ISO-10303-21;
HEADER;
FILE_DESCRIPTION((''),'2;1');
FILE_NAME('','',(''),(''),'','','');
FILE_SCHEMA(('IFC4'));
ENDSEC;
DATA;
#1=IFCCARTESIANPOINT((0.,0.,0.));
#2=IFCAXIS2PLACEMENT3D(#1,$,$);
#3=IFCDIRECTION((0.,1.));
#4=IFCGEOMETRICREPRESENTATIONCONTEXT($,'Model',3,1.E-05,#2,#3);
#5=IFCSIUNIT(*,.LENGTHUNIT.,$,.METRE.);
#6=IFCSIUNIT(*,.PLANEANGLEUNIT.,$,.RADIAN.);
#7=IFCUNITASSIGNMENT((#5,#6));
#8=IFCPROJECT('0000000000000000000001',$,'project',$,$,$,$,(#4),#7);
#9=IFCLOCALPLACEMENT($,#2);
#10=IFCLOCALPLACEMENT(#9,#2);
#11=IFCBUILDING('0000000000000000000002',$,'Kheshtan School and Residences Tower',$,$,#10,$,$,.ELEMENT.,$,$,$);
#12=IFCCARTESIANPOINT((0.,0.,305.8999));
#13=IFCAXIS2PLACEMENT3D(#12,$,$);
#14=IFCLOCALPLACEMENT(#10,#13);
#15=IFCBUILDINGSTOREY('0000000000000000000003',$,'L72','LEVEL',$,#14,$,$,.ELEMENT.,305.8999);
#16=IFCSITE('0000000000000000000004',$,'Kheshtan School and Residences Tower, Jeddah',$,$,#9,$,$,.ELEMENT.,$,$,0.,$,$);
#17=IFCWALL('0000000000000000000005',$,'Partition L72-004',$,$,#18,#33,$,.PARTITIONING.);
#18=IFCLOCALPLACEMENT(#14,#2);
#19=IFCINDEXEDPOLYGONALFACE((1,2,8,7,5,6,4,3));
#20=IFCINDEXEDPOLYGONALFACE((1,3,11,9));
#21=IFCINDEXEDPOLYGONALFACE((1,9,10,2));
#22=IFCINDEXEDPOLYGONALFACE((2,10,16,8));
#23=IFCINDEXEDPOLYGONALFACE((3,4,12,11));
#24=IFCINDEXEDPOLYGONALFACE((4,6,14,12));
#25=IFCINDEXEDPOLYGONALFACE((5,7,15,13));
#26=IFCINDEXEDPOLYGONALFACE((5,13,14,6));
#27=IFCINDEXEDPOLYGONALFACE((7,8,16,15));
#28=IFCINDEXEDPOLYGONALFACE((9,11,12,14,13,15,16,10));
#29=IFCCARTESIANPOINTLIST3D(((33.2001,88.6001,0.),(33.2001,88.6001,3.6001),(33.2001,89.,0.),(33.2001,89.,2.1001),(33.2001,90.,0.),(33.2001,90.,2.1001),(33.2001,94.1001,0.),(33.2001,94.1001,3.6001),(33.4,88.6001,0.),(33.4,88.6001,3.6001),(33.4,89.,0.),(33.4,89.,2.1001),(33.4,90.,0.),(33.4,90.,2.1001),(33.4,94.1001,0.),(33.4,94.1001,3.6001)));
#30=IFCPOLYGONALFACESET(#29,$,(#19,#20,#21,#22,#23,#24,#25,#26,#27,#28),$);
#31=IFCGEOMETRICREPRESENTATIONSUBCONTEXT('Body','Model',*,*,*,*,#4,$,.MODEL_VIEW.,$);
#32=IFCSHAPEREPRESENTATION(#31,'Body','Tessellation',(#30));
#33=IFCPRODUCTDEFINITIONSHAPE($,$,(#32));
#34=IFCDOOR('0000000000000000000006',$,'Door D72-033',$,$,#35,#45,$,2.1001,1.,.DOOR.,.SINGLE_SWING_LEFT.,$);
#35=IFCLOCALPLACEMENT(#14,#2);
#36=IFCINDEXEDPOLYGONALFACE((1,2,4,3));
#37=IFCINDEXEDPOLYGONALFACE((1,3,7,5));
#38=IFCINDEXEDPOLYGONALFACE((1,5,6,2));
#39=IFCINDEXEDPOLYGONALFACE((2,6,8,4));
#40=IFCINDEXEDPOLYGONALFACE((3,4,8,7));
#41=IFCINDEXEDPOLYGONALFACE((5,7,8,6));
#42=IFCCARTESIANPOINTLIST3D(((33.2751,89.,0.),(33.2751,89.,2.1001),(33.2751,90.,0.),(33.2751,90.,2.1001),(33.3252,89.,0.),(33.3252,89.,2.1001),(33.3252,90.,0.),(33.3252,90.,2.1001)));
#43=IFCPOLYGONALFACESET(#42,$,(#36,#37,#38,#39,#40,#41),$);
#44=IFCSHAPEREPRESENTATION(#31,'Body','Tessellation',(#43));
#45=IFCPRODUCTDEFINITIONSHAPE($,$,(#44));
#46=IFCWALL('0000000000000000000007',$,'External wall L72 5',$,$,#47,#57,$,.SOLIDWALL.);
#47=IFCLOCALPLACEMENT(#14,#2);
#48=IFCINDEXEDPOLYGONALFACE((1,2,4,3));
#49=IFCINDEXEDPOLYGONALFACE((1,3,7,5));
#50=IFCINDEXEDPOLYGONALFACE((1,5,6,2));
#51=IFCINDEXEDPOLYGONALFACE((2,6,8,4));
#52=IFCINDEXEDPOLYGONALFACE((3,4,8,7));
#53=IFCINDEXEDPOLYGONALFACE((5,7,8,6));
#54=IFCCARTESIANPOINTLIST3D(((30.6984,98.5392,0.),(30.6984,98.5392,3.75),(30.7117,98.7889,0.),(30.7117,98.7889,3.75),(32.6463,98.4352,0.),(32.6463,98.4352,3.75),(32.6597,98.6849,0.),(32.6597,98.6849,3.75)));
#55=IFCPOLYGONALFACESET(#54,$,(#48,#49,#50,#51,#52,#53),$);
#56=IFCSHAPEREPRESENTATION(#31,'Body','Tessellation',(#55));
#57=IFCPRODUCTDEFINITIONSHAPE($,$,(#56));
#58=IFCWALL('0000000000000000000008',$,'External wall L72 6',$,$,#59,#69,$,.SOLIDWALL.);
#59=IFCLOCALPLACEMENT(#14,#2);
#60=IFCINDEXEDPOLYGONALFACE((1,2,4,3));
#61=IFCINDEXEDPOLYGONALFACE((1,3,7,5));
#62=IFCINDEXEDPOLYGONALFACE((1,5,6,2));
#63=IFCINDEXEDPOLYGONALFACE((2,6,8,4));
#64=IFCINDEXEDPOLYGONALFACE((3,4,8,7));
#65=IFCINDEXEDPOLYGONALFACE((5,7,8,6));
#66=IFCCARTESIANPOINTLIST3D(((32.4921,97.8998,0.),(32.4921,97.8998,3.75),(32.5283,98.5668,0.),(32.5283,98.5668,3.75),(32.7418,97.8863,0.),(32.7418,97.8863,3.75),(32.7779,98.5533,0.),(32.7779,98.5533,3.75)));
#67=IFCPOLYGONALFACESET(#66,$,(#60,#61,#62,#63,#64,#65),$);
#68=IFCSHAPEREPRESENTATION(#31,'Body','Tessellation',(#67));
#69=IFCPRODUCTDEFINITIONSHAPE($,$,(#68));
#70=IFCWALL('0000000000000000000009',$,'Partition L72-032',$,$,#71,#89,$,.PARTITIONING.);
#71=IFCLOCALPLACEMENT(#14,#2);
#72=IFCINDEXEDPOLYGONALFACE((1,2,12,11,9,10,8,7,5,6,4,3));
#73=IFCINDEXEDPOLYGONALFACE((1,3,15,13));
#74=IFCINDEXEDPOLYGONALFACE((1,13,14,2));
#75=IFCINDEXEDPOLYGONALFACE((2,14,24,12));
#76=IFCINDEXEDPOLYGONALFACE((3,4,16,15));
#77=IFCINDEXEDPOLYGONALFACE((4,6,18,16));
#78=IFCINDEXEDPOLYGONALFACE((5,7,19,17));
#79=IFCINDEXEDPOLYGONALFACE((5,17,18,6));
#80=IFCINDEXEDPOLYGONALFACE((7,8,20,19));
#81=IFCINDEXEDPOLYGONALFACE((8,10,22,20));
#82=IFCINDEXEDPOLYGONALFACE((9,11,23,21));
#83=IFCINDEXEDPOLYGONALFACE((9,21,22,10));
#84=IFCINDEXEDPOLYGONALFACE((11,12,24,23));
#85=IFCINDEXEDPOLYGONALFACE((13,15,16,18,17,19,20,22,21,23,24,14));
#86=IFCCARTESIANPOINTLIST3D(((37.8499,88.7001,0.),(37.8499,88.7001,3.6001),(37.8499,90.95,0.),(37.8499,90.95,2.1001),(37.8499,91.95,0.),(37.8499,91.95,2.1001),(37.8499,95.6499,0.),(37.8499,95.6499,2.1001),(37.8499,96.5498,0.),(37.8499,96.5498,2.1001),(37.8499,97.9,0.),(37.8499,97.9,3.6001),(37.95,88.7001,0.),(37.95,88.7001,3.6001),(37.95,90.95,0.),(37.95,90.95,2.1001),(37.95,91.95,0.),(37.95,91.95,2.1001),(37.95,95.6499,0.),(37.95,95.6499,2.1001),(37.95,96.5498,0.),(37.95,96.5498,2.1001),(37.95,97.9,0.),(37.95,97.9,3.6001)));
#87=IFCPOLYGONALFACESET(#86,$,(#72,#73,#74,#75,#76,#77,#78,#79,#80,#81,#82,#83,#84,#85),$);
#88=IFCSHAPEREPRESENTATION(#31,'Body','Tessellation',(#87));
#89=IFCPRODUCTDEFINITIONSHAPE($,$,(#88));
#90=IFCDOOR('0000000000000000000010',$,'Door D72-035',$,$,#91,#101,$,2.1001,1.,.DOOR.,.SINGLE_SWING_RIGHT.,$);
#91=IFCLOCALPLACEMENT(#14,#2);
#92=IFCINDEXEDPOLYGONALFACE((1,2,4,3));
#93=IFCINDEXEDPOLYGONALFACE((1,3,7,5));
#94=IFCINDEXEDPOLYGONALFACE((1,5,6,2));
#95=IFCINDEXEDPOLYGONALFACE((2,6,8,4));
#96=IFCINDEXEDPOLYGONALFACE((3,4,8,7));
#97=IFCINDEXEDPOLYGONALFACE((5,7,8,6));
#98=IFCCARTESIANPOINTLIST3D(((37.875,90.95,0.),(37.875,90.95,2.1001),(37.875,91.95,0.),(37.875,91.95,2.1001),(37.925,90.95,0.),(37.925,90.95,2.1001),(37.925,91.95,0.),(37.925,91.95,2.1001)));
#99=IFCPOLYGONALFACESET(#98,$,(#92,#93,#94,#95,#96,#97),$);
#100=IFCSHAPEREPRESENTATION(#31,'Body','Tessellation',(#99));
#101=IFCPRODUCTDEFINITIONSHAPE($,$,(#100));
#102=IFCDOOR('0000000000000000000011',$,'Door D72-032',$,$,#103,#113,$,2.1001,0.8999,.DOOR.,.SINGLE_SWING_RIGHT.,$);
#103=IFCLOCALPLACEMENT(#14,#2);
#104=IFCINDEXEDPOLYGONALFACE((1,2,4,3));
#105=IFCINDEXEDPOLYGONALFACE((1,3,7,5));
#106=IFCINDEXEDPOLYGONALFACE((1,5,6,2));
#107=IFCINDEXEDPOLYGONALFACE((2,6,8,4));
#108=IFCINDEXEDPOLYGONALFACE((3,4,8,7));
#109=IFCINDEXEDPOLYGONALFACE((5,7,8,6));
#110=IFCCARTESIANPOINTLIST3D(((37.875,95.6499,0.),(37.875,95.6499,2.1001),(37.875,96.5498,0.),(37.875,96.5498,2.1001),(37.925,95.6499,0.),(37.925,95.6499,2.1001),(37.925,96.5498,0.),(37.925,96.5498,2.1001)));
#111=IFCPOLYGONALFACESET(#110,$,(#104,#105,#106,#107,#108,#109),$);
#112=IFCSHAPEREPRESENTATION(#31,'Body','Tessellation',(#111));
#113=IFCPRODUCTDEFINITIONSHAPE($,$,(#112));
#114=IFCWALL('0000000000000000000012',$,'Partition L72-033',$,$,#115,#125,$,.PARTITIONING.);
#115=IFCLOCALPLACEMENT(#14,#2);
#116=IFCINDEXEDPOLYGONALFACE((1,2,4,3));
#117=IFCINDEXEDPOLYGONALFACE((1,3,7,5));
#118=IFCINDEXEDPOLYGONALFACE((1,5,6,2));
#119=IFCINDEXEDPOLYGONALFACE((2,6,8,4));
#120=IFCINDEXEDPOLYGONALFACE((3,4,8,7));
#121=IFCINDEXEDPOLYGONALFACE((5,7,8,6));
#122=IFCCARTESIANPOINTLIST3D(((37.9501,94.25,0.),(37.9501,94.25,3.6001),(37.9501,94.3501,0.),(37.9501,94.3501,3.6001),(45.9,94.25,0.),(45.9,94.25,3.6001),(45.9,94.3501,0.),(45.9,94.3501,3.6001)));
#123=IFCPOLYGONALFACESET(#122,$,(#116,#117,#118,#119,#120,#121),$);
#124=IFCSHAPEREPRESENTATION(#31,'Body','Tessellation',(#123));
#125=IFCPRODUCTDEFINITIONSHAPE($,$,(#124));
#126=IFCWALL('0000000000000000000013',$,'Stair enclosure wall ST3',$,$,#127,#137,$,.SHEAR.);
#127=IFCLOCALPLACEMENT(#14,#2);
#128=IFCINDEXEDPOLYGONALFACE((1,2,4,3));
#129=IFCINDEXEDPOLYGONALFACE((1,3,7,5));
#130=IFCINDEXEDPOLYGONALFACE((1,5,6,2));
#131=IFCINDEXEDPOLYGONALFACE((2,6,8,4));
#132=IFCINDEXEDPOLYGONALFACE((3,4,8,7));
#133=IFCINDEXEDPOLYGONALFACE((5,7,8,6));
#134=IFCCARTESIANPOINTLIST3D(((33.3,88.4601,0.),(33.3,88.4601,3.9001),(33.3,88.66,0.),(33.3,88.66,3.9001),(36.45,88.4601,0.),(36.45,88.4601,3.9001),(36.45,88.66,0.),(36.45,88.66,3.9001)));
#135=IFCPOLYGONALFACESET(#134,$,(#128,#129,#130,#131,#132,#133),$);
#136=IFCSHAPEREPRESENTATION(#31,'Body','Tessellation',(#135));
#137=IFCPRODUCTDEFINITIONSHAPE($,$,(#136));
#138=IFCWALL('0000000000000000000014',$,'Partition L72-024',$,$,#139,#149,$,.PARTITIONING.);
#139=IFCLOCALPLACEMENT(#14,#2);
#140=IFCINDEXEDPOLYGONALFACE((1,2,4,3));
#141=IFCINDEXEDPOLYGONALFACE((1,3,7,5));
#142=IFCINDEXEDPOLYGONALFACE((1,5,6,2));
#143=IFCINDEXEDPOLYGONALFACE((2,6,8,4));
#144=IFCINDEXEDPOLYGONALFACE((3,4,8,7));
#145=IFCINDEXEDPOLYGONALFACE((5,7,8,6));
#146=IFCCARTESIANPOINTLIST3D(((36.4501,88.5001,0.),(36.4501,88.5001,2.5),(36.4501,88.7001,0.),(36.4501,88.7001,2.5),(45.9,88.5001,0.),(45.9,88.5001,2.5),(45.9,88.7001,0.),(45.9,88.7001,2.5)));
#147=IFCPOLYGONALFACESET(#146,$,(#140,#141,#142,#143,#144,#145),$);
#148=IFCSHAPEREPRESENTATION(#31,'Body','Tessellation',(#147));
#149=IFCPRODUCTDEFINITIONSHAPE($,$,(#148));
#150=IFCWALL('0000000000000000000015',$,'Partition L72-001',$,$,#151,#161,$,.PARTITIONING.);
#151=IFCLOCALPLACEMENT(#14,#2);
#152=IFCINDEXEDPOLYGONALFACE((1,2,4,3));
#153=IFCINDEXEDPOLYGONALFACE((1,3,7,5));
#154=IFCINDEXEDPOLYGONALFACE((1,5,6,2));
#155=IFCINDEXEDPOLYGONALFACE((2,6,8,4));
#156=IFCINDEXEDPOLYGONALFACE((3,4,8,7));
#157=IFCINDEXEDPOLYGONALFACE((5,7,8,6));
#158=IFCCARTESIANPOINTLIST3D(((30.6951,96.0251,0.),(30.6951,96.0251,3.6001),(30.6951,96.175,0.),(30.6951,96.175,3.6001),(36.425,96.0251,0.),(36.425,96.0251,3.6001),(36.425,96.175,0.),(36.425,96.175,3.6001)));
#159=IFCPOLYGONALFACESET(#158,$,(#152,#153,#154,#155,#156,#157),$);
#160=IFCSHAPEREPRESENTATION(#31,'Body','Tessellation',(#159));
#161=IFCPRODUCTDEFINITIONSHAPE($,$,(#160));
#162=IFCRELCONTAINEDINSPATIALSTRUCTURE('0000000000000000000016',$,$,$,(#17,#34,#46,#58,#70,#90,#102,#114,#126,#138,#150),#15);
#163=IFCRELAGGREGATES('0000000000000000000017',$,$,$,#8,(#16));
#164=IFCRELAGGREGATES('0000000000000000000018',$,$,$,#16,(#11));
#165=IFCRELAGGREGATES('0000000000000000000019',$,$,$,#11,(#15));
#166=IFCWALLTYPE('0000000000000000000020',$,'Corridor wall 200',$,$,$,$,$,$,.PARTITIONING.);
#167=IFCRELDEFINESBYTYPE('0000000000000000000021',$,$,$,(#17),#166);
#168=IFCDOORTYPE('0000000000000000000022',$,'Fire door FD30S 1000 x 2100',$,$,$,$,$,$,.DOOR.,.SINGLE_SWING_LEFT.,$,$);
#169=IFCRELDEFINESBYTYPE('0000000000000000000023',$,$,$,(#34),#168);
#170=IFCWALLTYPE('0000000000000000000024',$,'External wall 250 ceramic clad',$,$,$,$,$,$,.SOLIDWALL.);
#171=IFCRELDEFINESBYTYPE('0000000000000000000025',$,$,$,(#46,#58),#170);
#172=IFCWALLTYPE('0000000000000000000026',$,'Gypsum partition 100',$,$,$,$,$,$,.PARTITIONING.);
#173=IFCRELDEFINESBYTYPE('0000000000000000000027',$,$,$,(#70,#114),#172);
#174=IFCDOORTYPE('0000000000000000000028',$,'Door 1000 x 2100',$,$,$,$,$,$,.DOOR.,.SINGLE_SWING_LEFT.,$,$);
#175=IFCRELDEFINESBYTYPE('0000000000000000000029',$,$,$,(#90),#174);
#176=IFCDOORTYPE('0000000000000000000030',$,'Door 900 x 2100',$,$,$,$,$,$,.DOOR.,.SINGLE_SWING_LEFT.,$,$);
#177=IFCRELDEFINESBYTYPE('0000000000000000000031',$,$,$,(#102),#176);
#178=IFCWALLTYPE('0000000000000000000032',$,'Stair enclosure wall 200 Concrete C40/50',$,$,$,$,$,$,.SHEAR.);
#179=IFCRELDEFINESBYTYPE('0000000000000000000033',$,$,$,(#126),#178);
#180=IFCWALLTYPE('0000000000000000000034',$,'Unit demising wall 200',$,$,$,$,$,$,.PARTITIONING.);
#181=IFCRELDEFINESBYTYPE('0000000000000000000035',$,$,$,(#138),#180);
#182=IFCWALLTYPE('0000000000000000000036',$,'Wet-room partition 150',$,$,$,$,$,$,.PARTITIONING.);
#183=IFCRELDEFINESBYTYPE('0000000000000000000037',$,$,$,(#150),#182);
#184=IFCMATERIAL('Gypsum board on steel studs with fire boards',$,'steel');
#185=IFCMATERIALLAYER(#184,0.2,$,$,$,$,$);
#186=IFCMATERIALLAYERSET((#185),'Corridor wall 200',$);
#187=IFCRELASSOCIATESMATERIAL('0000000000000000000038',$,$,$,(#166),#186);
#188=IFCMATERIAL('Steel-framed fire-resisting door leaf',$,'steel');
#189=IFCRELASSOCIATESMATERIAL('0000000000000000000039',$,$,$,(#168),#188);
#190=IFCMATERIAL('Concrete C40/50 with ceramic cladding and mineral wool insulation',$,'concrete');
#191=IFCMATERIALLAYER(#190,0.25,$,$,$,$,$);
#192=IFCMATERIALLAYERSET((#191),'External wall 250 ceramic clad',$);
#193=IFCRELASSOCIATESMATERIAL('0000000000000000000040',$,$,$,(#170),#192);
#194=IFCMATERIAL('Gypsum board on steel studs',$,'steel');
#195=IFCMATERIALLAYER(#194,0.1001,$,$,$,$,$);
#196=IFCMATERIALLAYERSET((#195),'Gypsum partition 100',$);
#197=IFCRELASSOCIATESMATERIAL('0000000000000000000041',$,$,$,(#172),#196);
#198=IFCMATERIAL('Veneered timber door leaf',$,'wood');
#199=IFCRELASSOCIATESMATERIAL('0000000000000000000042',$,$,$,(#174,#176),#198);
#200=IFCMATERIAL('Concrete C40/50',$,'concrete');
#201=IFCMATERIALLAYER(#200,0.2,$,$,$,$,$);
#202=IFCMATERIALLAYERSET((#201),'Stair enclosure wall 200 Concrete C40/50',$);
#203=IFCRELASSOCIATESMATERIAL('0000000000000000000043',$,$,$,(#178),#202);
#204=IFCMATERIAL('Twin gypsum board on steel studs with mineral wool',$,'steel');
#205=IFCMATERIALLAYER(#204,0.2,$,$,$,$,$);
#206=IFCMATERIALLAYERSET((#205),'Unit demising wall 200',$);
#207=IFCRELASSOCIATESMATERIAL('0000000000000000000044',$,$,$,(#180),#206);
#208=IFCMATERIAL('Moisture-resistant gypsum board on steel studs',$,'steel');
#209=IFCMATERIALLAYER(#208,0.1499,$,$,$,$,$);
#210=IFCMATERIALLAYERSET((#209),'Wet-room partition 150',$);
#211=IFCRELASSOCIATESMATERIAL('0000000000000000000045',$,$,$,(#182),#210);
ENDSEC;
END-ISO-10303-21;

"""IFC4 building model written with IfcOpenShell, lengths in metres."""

from ifc_helpers import new_model, si_unit, direction, frame, frame_2d, origin, place, context, subcontext, project, spatial, rectangle, extrude, source, transform, mapped, material, layer, layer_set, type_object, element, fill, save


model = new_model("IFC4")

# Units and contexts
model_context = context("Model", 3, precision=1e-05, world=origin(), true_north=direction((0.0, 1.0)))
body_context = subcontext(model_context, "Body", "Model", "MODEL_VIEW")
ifc_project = project(units=[si_unit("LENGTHUNIT", "METRE"), si_unit("PLANEANGLEUNIT", "RADIAN")], contexts=[model_context])

# Site, building, storey
site_placement = place(None, origin())
site = spatial("IfcSite", under=ifc_project, at=site_placement, Name="Kheshtan School and Residences Tower, Jeddah", CompositionType="ELEMENT", RefElevation=0.0)
building_placement = place(site_placement, origin())
building = spatial("IfcBuilding", under=site, at=building_placement, Name="Kheshtan School and Residences Tower", CompositionType="ELEMENT")
storey_placement = place(building_placement, frame((0.0, 0.0, 305.8999)))
storey = spatial("IfcBuildingStorey", under=building, at=storey_placement, Name="L72", Description="LEVEL", CompositionType="ELEMENT", Elevation=305.8999)

# Shared definitions
ifc_material_1 = material(Name="Gypsum board on steel studs with fire boards", Category="steel")
ifc_layer_1 = layer(ifc_material_1, 0.2)
ifc_layer_set_1 = layer_set([ifc_layer_1], Name="Corridor wall 200")
wall_type_1 = type_object("IfcWallType", Name="Corridor wall 200", PredefinedType="PARTITIONING", material=ifc_layer_set_1)

# Wall, opening, door
wall_1_placement = place(storey_placement, frame((33.3, 88.6001, 0.0), z_axis=(0.0, 0.0, 1.0), x_axis=(0.0, 1.0, 0.0)))
wall_1 = element("IfcWall", 1, at=wall_1_placement, inside=storey, type_object=wall_type_1, Name="Partition L72-004", PredefinedType="PARTITIONING", context=body_context, shape_type="SweptSolid", body=[
    extrude(rectangle(XDim=5.5, YDim=0.2, at=frame_2d((2.75, 0.0))), origin(), (0.0, 0.0, 1.0), 3.6001),
])
opening_1_placement = place(wall_1_placement, frame((0.3999, 0.0, 0.0)))
opening_1 = element("IfcOpeningElement", 2, at=opening_1_placement, cuts=wall_1, PredefinedType="OPENING", context=body_context, shape_type="SweptSolid", body=[
    extrude(rectangle(XDim=1.0, YDim=2.1001, at=frame_2d((0.5, 1.05))), frame((0.0, 0.1099, 0.0), z_axis=(0.0, -1.0, 0.0), x_axis=(1.0, 0.0, 0.0)), (0.0, 0.0, 1.0), 0.22),
])
ifc_material_2 = material(Name="Steel-framed fire-resisting door leaf", Category="steel")
door_type_1 = type_object("IfcDoorType", Name="Fire door FD30S 1000 x 2100", OperationType="SINGLE_SWING_LEFT", PredefinedType="DOOR", material=ifc_material_2)
shared_shape_1 = source(origin(), body_context, "Body", "SweptSolid", [
    extrude(rectangle(XDim=1.0, YDim=2.1001, at=frame_2d((0.5, 1.05))), frame((0.0, 0.0249, 0.0), z_axis=(0.0, -1.0, 0.0), x_axis=(1.0, 0.0, 0.0)), (0.0, 0.0, 1.0), 0.05),
])
door_1_placement = place(opening_1_placement, origin())
door_1 = element("IfcDoor", 3, at=door_1_placement, inside=storey, type_object=door_type_1, Name="Door D72-033", OperationType="SINGLE_SWING_LEFT", OverallHeight=2.1001, OverallWidth=1.0, PredefinedType="DOOR", context=body_context, shape_type="MappedRepresentation", body=[
    mapped(shared_shape_1, transform((0.0, 0.0, 0.0), x_axis=(1.0, 0.0, 0.0), y_axis=(0.0, 1.0, 0.0), z_axis=(0.0, 0.0, 1.0), scale=1.0)),
])
fill(opening_1, door_1)

# Walls
ifc_material_3 = material(Name="Concrete C40/50 with ceramic cladding and mineral wool insulation", Category="concrete")
ifc_layer_2 = layer(ifc_material_3, 0.25)
ifc_layer_set_2 = layer_set([ifc_layer_2], Name="External wall 250 ceramic clad")
wall_type_2 = type_object("IfcWallType", Name="External wall 250 ceramic clad", PredefinedType="SOLIDWALL", material=ifc_layer_set_2)
wall_2_placement = place(storey_placement, frame((30.7051, 98.6641, 0.0), z_axis=(0.0, 0.0, 1.0), x_axis=(0.998578, -0.053314, 0.0)))
element("IfcWall", 4, at=wall_2_placement, inside=storey, type_object=wall_type_2, Name="External wall L72 5", PredefinedType="SOLIDWALL", context=body_context, shape_type="SweptSolid", body=[
    extrude(rectangle(XDim=1.9507, YDim=0.25, at=frame_2d((0.9753, 0.0))), origin(), (0.0, 0.0, 1.0), 3.75),
])
wall_3_placement = place(storey_placement, frame((32.6531, 98.5601, 0.0), z_axis=(0.0, 0.0, 1.0), x_axis=(-0.054093, -0.998536, 0.0)))
element("IfcWall", 5, at=wall_3_placement, inside=storey, type_object=wall_type_2, Name="External wall L72 6", PredefinedType="SOLIDWALL", context=body_context, shape_type="SweptSolid", body=[
    extrude(rectangle(XDim=0.668, YDim=0.25, at=frame_2d((0.334, 0.0))), origin(), (0.0, 0.0, 1.0), 3.75),
])

# Wall, openings, doors
ifc_material_4 = material(Name="Gypsum board on steel studs", Category="steel")
ifc_layer_3 = layer(ifc_material_4, 0.1001)
ifc_layer_set_3 = layer_set([ifc_layer_3], Name="Gypsum partition 100")
wall_type_3 = type_object("IfcWallType", Name="Gypsum partition 100", PredefinedType="PARTITIONING", material=ifc_layer_set_3)
wall_4_placement = place(storey_placement, frame((37.8999, 88.7, 0.0), z_axis=(0.0, 0.0, 1.0), x_axis=(0.0, 1.0, 0.0)))
wall_4 = element("IfcWall", 6, at=wall_4_placement, inside=storey, type_object=wall_type_3, Name="Partition L72-032", PredefinedType="PARTITIONING", context=body_context, shape_type="SweptSolid", body=[
    extrude(rectangle(XDim=9.2, YDim=0.1001, at=frame_2d((4.6001, 0.0))), origin(), (0.0, 0.0, 1.0), 3.6001),
])
opening_2_placement = place(wall_4_placement, frame((6.95, 0.0, 0.0)))
opening_2 = element("IfcOpeningElement", 7, at=opening_2_placement, cuts=wall_4, PredefinedType="OPENING", context=body_context, shape_type="SweptSolid", body=[
    extrude(rectangle(XDim=0.8999, YDim=2.1001, at=frame_2d((0.45, 1.05))), frame((0.0, 0.0601, 0.0), z_axis=(0.0, -1.0, 0.0), x_axis=(1.0, 0.0, 0.0)), (0.0, 0.0, 1.0), 0.1201),
])
opening_3_placement = place(wall_4_placement, frame((2.25, 0.0, 0.0)))
opening_3 = element("IfcOpeningElement", 8, at=opening_3_placement, cuts=wall_4, PredefinedType="OPENING", context=body_context, shape_type="SweptSolid", body=[
    extrude(rectangle(XDim=1.0, YDim=2.1001, at=frame_2d((0.5, 1.05))), frame((0.0, 0.0601, 0.0), z_axis=(0.0, -1.0, 0.0), x_axis=(1.0, 0.0, 0.0)), (0.0, 0.0, 1.0), 0.1201),
])
ifc_material_5 = material(Name="Veneered timber door leaf", Category="wood")
door_type_2 = type_object("IfcDoorType", Name="Door 1000 x 2100", OperationType="SINGLE_SWING_LEFT", PredefinedType="DOOR", material=ifc_material_5)
shared_shape_2 = source(origin(), body_context, "Body", "SweptSolid", [
    extrude(rectangle(XDim=1.0, YDim=2.1001, at=frame_2d((0.5, 1.05))), frame((0.0, 0.0249, 0.0), z_axis=(0.0, -1.0, 0.0), x_axis=(1.0, 0.0, 0.0)), (0.0, 0.0, 1.0), 0.05),
])
door_2_placement = place(opening_3_placement, origin())
door_2 = element("IfcDoor", 9, at=door_2_placement, inside=storey, type_object=door_type_2, Name="Door D72-035", OperationType="SINGLE_SWING_RIGHT", OverallHeight=2.1001, OverallWidth=1.0, PredefinedType="DOOR", context=body_context, shape_type="MappedRepresentation", body=[
    mapped(shared_shape_2, transform((0.0, 0.0, 0.0), x_axis=(1.0, 0.0, 0.0), y_axis=(0.0, 1.0, 0.0), z_axis=(0.0, 0.0, 1.0), scale=1.0)),
])
fill(opening_3, door_2)
door_type_3 = type_object("IfcDoorType", Name="Door 900 x 2100", OperationType="SINGLE_SWING_LEFT", PredefinedType="DOOR", material=ifc_material_5)
shared_shape_3 = source(origin(), body_context, "Body", "SweptSolid", [
    extrude(rectangle(XDim=0.8999, YDim=2.1001, at=frame_2d((0.45, 1.05))), frame((0.0, 0.0249, 0.0), z_axis=(0.0, -1.0, 0.0), x_axis=(1.0, 0.0, 0.0)), (0.0, 0.0, 1.0), 0.05),
])
door_3_placement = place(opening_2_placement, origin())
door_3 = element("IfcDoor", 10, at=door_3_placement, inside=storey, type_object=door_type_3, Name="Door D72-032", OperationType="SINGLE_SWING_RIGHT", OverallHeight=2.1001, OverallWidth=0.8999, PredefinedType="DOOR", context=body_context, shape_type="MappedRepresentation", body=[
    mapped(shared_shape_3, transform((0.0, 0.0, 0.0), x_axis=(1.0, 0.0, 0.0), y_axis=(0.0, 1.0, 0.0), z_axis=(0.0, 0.0, 1.0), scale=1.0)),
])
fill(opening_2, door_3)

# Walls
wall_5_placement = place(storey_placement, frame((37.95, 94.3, 0.0), z_axis=(0.0, 0.0, 1.0), x_axis=(1.0, 0.0, 0.0)))
element("IfcWall", 11, at=wall_5_placement, inside=storey, type_object=wall_type_3, Name="Partition L72-033", PredefinedType="PARTITIONING", context=body_context, shape_type="SweptSolid", body=[
    extrude(rectangle(XDim=7.95, YDim=0.1001, at=frame_2d((3.9751, 0.0))), origin(), (0.0, 0.0, 1.0), 3.6001),
])
ifc_material_6 = material(Name="Concrete C40/50", Category="concrete")
ifc_layer_4 = layer(ifc_material_6, 0.2)
ifc_layer_set_4 = layer_set([ifc_layer_4], Name="Stair enclosure wall 200 Concrete C40/50")
wall_type_4 = type_object("IfcWallType", Name="Stair enclosure wall 200 Concrete C40/50", PredefinedType="SHEAR", material=ifc_layer_set_4)
wall_6_placement = place(storey_placement, frame((33.3, 88.5601, 0.0), z_axis=(0.0, 0.0, 1.0), x_axis=(1.0, 0.0, 0.0)))
element("IfcWall", 12, at=wall_6_placement, inside=storey, type_object=wall_type_4, Name="Stair enclosure wall ST3", PredefinedType="SHEAR", context=body_context, shape_type="SweptSolid", body=[
    extrude(rectangle(XDim=3.1499, YDim=0.2, at=frame_2d((1.575, 0.0))), origin(), (0.0, 0.0, 1.0), 3.9001),
])
ifc_material_7 = material(Name="Twin gypsum board on steel studs with mineral wool", Category="steel")
ifc_layer_5 = layer(ifc_material_7, 0.2)
ifc_layer_set_5 = layer_set([ifc_layer_5], Name="Unit demising wall 200")
wall_type_5 = type_object("IfcWallType", Name="Unit demising wall 200", PredefinedType="PARTITIONING", material=ifc_layer_set_5)
wall_7_placement = place(storey_placement, frame((36.45, 88.6001, 0.0), z_axis=(0.0, 0.0, 1.0), x_axis=(1.0, 0.0, 0.0)))
element("IfcWall", 13, at=wall_7_placement, inside=storey, type_object=wall_type_5, Name="Partition L72-024", PredefinedType="PARTITIONING", context=body_context, shape_type="SweptSolid", body=[
    extrude(rectangle(XDim=9.45, YDim=0.2, at=frame_2d((4.7251, 0.0))), origin(), (0.0, 0.0, 1.0), 2.5),
])
ifc_material_8 = material(Name="Moisture-resistant gypsum board on steel studs", Category="steel")
ifc_layer_6 = layer(ifc_material_8, 0.1499)
ifc_layer_set_6 = layer_set([ifc_layer_6], Name="Wet-room partition 150")
wall_type_6 = type_object("IfcWallType", Name="Wet-room partition 150", PredefinedType="PARTITIONING", material=ifc_layer_set_6)
wall_8_placement = place(storey_placement, frame((30.6951, 96.1001, 0.0), z_axis=(0.0, 0.0, 1.0), x_axis=(1.0, 0.0, 0.0)))
element("IfcWall", 14, at=wall_8_placement, inside=storey, type_object=wall_type_6, Name="Partition L72-001", PredefinedType="PARTITIONING", context=body_context, shape_type="SweptSolid", body=[
    extrude(rectangle(XDim=5.73, YDim=0.1499, at=frame_2d((2.865, 0.0))), origin(), (0.0, 0.0, 1.0), 3.6001),
])

save(model, "model.ifc")
